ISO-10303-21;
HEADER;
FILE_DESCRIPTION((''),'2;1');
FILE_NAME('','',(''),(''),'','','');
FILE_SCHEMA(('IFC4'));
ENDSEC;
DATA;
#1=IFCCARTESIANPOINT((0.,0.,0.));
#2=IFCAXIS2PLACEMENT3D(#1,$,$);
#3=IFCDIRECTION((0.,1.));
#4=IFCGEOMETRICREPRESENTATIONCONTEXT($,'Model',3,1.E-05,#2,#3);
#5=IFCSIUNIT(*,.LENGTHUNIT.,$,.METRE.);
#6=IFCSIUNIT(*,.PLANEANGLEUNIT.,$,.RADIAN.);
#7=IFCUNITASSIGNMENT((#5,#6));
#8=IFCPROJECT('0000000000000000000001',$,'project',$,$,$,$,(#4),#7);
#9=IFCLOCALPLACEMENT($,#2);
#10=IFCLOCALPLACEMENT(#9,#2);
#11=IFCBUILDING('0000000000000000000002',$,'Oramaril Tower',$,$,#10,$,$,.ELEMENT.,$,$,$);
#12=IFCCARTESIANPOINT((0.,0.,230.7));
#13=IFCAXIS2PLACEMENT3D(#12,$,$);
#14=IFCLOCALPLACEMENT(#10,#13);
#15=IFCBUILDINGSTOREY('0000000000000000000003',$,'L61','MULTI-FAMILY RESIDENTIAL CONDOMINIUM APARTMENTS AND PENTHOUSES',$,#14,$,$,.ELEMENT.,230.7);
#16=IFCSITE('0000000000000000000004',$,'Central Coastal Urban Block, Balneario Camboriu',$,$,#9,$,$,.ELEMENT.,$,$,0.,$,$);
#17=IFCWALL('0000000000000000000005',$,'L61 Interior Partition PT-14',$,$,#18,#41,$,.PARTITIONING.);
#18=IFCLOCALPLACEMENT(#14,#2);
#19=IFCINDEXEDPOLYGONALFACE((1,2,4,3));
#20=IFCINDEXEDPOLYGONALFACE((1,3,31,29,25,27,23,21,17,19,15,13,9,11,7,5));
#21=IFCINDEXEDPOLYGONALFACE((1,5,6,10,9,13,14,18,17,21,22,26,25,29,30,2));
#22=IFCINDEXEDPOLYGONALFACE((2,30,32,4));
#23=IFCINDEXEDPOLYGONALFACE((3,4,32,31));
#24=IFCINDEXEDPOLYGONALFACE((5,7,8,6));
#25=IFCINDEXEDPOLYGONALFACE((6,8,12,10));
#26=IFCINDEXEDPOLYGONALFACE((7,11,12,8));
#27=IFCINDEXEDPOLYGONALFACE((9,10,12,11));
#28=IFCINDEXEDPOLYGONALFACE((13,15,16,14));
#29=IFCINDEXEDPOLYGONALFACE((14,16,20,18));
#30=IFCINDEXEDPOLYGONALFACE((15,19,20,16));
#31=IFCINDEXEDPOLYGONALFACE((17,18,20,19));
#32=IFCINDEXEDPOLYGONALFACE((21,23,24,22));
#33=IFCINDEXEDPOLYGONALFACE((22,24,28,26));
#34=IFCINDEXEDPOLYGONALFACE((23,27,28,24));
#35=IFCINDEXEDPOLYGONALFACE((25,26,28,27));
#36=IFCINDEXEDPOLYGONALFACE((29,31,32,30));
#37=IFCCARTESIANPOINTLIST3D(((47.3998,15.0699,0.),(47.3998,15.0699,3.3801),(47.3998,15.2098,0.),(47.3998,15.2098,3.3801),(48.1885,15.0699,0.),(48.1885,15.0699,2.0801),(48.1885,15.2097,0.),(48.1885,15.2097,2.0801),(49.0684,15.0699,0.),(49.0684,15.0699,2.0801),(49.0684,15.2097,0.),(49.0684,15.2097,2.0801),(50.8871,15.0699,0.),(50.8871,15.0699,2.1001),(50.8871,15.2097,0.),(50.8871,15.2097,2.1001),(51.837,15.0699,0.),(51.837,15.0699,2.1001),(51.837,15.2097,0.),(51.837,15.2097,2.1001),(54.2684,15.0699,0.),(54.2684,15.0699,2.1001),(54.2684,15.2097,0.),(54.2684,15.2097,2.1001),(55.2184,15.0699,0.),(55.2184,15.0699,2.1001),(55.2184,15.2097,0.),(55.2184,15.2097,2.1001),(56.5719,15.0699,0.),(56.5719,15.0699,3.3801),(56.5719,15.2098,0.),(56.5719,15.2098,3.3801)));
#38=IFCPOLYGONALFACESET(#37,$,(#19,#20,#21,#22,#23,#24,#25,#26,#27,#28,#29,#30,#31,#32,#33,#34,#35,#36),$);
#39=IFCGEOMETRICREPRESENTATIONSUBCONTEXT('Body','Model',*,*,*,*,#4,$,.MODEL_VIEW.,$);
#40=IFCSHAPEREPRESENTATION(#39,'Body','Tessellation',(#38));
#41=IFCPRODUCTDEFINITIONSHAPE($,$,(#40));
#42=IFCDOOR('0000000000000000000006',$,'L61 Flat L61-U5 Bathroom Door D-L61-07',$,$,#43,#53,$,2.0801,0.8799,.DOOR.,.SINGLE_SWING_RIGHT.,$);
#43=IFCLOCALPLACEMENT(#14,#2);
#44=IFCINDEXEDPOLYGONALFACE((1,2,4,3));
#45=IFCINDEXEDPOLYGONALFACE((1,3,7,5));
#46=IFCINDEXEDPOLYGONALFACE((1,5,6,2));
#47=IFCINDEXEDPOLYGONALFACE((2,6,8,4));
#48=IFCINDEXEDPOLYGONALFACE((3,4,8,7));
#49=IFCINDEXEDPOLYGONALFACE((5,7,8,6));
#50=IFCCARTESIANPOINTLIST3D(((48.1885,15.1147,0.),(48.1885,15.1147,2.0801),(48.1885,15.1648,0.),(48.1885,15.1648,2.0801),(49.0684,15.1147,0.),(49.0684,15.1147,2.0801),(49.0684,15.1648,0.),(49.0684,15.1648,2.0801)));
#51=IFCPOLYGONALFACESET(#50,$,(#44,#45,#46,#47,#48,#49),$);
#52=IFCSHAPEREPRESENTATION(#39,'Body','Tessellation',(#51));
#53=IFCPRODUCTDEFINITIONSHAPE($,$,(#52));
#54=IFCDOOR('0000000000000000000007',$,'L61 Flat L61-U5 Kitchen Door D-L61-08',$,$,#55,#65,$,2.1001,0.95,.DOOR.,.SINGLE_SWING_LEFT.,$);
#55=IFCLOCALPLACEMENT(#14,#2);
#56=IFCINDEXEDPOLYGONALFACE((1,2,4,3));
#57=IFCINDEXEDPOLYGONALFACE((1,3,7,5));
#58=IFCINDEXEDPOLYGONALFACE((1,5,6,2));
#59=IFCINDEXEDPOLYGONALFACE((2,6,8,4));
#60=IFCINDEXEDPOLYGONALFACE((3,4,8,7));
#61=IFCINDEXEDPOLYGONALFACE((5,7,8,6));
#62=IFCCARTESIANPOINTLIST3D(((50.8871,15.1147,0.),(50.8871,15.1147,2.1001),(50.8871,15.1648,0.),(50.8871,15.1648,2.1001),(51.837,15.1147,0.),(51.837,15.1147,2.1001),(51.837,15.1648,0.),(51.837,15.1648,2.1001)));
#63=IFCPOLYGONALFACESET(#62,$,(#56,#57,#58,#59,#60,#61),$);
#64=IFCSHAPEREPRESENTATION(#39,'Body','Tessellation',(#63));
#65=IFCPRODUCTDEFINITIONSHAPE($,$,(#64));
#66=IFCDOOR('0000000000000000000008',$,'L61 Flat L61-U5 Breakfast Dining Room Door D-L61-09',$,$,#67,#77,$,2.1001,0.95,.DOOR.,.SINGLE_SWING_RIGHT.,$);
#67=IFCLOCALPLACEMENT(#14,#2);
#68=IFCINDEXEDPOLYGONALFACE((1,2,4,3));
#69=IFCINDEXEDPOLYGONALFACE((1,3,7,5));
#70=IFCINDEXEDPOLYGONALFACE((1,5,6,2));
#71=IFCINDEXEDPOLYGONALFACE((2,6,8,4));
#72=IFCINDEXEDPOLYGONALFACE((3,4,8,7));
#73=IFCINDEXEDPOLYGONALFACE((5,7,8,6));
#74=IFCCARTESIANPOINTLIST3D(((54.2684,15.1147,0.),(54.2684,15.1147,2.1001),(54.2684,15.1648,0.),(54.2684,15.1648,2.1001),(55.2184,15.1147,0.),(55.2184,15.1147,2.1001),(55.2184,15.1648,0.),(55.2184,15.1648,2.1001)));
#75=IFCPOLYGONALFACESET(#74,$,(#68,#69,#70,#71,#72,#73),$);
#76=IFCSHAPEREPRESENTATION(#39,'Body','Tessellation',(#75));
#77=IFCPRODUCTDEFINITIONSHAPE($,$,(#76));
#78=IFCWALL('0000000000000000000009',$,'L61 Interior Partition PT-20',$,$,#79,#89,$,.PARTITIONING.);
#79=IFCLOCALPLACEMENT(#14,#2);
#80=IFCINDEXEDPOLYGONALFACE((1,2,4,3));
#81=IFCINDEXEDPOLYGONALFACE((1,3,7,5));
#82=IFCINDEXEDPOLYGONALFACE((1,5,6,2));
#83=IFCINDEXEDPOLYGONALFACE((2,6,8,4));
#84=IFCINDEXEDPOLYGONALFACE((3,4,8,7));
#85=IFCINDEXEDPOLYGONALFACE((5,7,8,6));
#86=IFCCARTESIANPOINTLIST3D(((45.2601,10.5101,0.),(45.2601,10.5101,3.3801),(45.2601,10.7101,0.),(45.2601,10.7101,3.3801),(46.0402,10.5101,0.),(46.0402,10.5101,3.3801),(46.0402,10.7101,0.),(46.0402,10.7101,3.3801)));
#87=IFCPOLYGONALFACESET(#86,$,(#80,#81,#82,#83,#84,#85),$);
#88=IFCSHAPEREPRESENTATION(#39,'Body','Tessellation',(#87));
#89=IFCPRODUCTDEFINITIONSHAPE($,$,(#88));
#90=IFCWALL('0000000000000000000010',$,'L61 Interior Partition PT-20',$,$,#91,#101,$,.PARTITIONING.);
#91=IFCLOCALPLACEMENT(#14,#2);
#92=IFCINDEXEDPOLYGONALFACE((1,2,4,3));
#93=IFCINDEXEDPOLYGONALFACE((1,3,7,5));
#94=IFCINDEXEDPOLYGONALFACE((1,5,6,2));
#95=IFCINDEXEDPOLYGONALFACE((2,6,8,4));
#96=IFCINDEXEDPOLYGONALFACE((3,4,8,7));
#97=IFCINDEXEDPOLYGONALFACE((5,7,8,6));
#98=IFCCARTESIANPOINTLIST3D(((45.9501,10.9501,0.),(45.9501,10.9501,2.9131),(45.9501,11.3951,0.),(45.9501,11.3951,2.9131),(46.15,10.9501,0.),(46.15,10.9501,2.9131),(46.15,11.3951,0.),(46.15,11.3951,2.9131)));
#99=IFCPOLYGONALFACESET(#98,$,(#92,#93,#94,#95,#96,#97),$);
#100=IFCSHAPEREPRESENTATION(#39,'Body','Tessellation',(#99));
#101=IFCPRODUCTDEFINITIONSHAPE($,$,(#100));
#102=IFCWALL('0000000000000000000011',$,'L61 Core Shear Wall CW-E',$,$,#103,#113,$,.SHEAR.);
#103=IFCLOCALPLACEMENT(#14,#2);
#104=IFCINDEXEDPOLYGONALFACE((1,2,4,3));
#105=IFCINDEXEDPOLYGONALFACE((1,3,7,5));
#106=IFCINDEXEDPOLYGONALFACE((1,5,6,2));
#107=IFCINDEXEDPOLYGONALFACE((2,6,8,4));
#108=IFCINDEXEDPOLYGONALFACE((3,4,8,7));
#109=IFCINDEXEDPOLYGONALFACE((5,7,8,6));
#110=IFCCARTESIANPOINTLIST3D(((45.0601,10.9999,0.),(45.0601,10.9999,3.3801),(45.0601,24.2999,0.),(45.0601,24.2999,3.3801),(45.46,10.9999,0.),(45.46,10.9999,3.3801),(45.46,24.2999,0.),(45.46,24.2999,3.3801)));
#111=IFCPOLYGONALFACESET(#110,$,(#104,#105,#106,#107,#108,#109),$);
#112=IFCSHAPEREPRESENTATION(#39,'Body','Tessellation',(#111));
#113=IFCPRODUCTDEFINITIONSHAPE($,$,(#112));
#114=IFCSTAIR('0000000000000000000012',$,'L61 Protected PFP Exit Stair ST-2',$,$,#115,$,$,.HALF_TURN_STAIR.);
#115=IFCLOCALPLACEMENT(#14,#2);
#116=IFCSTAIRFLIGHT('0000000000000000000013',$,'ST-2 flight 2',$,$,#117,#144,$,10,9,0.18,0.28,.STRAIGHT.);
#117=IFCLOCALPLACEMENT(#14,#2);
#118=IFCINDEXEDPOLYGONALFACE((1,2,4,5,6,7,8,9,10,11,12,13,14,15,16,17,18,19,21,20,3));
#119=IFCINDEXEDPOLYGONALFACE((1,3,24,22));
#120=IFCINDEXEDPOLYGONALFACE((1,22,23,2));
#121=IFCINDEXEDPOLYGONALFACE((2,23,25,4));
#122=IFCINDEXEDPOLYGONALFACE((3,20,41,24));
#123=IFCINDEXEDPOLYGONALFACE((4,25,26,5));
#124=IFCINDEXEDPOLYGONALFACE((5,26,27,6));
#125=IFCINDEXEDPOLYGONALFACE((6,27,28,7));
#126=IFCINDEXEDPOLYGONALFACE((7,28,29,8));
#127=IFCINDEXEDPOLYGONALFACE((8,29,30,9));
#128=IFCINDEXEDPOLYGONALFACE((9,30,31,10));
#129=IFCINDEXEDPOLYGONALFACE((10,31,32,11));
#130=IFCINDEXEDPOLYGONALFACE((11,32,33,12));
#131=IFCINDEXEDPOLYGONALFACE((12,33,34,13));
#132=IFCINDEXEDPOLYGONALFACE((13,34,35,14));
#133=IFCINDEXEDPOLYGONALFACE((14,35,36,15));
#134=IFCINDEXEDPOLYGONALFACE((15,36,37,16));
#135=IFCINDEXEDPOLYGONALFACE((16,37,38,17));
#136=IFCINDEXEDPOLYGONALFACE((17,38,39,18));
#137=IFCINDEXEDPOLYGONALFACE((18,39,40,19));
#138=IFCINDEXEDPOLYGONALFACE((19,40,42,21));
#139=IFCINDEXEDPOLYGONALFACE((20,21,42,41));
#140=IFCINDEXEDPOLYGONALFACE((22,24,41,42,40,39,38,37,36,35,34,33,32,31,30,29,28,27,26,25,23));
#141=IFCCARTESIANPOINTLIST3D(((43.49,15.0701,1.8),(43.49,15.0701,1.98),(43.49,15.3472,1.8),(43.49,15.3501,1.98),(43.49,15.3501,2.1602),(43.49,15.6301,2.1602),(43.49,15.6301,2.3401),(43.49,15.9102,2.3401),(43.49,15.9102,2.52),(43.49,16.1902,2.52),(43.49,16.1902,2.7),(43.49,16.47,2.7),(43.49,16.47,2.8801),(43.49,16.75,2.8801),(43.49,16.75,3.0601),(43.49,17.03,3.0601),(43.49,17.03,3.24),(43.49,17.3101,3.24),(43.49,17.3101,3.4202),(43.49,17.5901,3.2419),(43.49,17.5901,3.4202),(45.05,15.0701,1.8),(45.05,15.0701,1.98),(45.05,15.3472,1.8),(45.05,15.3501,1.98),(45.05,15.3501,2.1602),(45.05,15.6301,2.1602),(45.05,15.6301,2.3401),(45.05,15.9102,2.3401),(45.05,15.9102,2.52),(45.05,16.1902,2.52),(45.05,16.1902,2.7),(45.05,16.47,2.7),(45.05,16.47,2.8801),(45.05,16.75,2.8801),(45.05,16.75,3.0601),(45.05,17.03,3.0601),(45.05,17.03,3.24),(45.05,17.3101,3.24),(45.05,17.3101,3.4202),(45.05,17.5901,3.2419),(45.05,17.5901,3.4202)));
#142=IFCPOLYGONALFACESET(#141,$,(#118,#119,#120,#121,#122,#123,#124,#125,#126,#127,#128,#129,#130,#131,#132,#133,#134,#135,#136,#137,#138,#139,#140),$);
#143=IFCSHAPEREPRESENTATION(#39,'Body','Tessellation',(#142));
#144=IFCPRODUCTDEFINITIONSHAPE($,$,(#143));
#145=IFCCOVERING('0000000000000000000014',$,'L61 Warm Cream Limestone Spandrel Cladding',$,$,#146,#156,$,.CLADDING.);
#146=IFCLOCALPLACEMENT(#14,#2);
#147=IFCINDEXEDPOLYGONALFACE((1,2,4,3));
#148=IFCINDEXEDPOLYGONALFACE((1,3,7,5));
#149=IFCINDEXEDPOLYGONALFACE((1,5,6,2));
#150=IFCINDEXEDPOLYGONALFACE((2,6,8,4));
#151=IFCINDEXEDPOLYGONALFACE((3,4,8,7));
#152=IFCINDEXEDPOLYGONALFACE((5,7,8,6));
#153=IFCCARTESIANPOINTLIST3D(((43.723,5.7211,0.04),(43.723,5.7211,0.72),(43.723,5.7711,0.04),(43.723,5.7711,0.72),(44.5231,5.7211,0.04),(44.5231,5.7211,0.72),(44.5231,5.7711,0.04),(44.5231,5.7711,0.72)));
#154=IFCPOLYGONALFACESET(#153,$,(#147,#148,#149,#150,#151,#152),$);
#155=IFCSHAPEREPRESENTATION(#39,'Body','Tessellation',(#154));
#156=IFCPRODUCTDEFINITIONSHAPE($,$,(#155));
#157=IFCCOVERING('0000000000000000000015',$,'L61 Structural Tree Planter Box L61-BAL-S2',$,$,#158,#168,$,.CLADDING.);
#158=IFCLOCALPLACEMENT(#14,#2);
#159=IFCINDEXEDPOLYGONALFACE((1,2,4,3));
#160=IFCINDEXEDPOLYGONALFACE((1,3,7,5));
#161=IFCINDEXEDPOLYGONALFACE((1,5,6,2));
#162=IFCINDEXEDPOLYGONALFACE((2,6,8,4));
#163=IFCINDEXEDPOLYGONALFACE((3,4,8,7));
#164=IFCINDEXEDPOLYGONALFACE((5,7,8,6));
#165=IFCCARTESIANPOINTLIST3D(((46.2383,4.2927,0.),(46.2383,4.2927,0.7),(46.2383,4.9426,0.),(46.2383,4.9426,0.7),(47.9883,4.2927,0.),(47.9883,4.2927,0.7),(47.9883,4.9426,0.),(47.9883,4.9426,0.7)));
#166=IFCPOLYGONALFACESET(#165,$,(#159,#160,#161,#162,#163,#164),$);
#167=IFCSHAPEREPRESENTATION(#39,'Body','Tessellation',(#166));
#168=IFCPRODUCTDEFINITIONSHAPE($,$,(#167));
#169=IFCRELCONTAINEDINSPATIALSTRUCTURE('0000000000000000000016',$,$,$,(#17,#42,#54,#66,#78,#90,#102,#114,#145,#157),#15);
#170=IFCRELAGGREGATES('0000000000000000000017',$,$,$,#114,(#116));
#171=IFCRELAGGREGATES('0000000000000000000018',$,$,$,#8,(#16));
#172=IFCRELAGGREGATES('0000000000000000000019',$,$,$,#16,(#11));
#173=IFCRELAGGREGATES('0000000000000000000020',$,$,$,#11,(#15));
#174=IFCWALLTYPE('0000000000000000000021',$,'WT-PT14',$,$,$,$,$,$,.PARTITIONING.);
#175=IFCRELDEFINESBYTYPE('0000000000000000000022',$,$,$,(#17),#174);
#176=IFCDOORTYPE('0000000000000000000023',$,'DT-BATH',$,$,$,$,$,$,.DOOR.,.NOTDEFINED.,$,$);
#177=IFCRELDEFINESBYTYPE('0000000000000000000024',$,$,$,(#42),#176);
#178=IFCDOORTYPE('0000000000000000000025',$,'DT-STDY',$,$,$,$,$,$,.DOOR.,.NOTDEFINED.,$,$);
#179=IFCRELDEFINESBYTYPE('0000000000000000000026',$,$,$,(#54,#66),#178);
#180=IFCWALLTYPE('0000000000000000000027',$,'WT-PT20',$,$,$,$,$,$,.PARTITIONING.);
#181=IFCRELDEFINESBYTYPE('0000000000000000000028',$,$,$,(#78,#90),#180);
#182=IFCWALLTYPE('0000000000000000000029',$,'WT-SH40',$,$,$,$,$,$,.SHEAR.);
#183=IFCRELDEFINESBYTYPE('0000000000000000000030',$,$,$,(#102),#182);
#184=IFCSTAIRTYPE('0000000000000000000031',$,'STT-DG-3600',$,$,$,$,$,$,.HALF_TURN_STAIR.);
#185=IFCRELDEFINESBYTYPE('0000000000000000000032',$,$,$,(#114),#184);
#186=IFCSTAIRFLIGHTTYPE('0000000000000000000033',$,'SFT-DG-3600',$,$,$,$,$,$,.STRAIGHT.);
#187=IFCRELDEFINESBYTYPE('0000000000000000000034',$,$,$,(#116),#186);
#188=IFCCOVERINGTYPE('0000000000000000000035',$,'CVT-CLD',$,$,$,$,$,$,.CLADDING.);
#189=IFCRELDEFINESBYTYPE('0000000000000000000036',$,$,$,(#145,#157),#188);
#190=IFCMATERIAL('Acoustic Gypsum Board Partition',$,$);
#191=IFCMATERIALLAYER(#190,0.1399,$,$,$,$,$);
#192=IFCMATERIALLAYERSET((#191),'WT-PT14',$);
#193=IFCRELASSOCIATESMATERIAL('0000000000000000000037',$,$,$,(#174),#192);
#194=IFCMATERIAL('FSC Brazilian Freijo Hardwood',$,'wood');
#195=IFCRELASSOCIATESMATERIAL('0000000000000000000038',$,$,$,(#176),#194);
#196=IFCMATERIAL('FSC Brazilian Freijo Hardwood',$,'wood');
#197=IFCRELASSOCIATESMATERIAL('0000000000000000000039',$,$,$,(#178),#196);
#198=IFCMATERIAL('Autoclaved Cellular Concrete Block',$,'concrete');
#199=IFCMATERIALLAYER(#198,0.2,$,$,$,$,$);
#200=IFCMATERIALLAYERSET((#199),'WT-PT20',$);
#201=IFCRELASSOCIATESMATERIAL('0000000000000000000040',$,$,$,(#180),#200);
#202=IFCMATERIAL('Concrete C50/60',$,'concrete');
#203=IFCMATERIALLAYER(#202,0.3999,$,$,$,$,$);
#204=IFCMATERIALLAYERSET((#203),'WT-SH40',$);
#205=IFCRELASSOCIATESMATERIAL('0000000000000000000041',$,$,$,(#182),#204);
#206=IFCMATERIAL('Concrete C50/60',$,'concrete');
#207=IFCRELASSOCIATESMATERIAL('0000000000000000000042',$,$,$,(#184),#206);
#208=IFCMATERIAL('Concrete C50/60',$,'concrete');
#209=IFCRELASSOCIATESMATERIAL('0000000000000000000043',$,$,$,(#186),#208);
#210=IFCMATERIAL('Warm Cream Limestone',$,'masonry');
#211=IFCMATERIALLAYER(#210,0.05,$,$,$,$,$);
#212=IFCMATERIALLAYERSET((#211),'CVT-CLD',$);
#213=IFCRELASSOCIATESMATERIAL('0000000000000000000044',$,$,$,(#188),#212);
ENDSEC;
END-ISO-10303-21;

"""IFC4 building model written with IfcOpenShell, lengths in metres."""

from ifc_helpers import new_model, si_unit, direction, frame, frame_2d, origin, origin_2d, place, context, subcontext, project, spatial, polyline, rectangle, outline, extrude, material, layer, layer_set, type_object, element, fill, aggregate, save


model = new_model("IFC4")

# Units and contexts
model_context = context("Model", 3, precision=1e-05, world=origin(), true_north=direction((0.0, 1.0)))
body_context = subcontext(model_context, "Body", "Model", "MODEL_VIEW")
ifc_project = project(units=[si_unit("LENGTHUNIT", "METRE"), si_unit("PLANEANGLEUNIT", "RADIAN")], contexts=[model_context])

# Site, building, storey
site_placement = place(None, origin())
site = spatial("IfcSite", under=ifc_project, at=site_placement, Name="Central Coastal Urban Block, Balneario Camboriu", CompositionType="ELEMENT", RefElevation=0.0)
building_placement = place(site_placement, origin())
building = spatial("IfcBuilding", under=site, at=building_placement, Name="Oramaril Tower", CompositionType="ELEMENT")
storey_placement = place(building_placement, frame((0.0, 0.0, 230.7)))
storey = spatial("IfcBuildingStorey", under=building, at=storey_placement, Name="L61", Description="MULTI-FAMILY RESIDENTIAL CONDOMINIUM APARTMENTS AND PENTHOUSES", CompositionType="ELEMENT", Elevation=230.7)

# Wall, openings, doors
ifc_material_1 = material(Name="Acoustic Gypsum Board Partition")
ifc_layer_1 = layer(ifc_material_1, 0.1399)
ifc_layer_set_1 = layer_set([ifc_layer_1], Name="WT-PT14")
wall_type_1 = type_object("IfcWallType", Name="WT-PT14", PredefinedType="PARTITIONING", material=ifc_layer_set_1)
wall_1_placement = place(storey_placement, frame((47.3999, 15.1399, 0.0), z_axis=(0.0, 0.0, 1.0), x_axis=(1.0, 0.0, 0.0)))
wall_1 = element("IfcWall", 1, at=wall_1_placement, inside=storey, type_object=wall_type_1, Name="L61 Interior Partition PT-14", PredefinedType="PARTITIONING", context=body_context, shape_type="SweptSolid", body=[
    extrude(rectangle(XDim=9.1721, YDim=0.1399, at=frame_2d((4.5859, 0.0))), origin(), (0.0, 0.0, 1.0), 3.3801),
])
opening_1_placement = place(wall_1_placement, frame((0.7886, 0.0, 0.0)))
opening_1 = element("IfcOpeningElement", 2, at=opening_1_placement, cuts=wall_1, PredefinedType="OPENING", context=body_context, shape_type="SweptSolid", body=[
    extrude(rectangle(XDim=0.8799, YDim=2.0801, at=frame_2d((0.4399, 1.04))), frame((0.0, 0.0698, 0.0), z_axis=(0.0, -1.0, 0.0), x_axis=(1.0, 0.0, 0.0)), (0.0, 0.0, 1.0), 0.1399),
])
opening_2_placement = place(wall_1_placement, frame((3.4871, 0.0, 0.0)))
opening_2 = element("IfcOpeningElement", 3, at=opening_2_placement, cuts=wall_1, PredefinedType="OPENING", context=body_context, shape_type="SweptSolid", body=[
    extrude(rectangle(XDim=0.95, YDim=2.1001, at=frame_2d((0.4751, 1.05))), frame((0.0, 0.0698, 0.0), z_axis=(0.0, -1.0, 0.0), x_axis=(1.0, 0.0, 0.0)), (0.0, 0.0, 1.0), 0.1399),
])
opening_3_placement = place(wall_1_placement, frame((6.8684, 0.0, 0.0)))
opening_3 = element("IfcOpeningElement", 4, at=opening_3_placement, cuts=wall_1, PredefinedType="OPENING", context=body_context, shape_type="SweptSolid", body=[
    extrude(rectangle(XDim=0.95, YDim=2.1001, at=frame_2d((0.4751, 1.05))), frame((0.0, 0.0698, 0.0), z_axis=(0.0, -1.0, 0.0), x_axis=(1.0, 0.0, 0.0)), (0.0, 0.0, 1.0), 0.1399),
])
ifc_material_2 = material(Name="FSC Brazilian Freijo Hardwood", Category="wood")
door_type_1 = type_object("IfcDoorType", Name="DT-BATH", OperationType="NOTDEFINED", PredefinedType="DOOR", material=ifc_material_2)
door_1_placement = place(opening_1_placement, origin())
door_1 = element("IfcDoor", 5, at=door_1_placement, inside=storey, type_object=door_type_1, Name="L61 Flat L61-U5 Bathroom Door D-L61-07", OperationType="SINGLE_SWING_RIGHT", OverallHeight=2.0801, OverallWidth=0.8799, PredefinedType="DOOR", context=body_context, shape_type="SweptSolid", body=[
    extrude(rectangle(XDim=0.8799, YDim=2.0801, at=frame_2d((0.4399, 1.04))), frame((0.0, 0.0249, 0.0), z_axis=(0.0, -1.0, 0.0), x_axis=(1.0, 0.0, 0.0)), (0.0, 0.0, 1.0), 0.05),
])
fill(opening_1, door_1)
ifc_material_3 = material(Name="FSC Brazilian Freijo Hardwood", Category="wood")
door_type_2 = type_object("IfcDoorType", Name="DT-STDY", OperationType="NOTDEFINED", PredefinedType="DOOR", material=ifc_material_3)
door_2_placement = place(opening_2_placement, origin())
door_2 = element("IfcDoor", 6, at=door_2_placement, inside=storey, type_object=door_type_2, Name="L61 Flat L61-U5 Kitchen Door D-L61-08", OperationType="SINGLE_SWING_LEFT", OverallHeight=2.1001, OverallWidth=0.95, PredefinedType="DOOR", context=body_context, shape_type="SweptSolid", body=[
    extrude(rectangle(XDim=0.95, YDim=2.1001, at=frame_2d((0.4751, 1.05))), frame((0.0, 0.0249, 0.0), z_axis=(0.0, -1.0, 0.0), x_axis=(1.0, 0.0, 0.0)), (0.0, 0.0, 1.0), 0.05),
])
fill(opening_2, door_2)
door_3_placement = place(opening_3_placement, origin())
door_3 = element("IfcDoor", 7, at=door_3_placement, inside=storey, type_object=door_type_2, Name="L61 Flat L61-U5 Breakfast Dining Room Door D-L61-09", OperationType="SINGLE_SWING_RIGHT", OverallHeight=2.1001, OverallWidth=0.95, PredefinedType="DOOR", context=body_context, shape_type="SweptSolid", body=[
    extrude(rectangle(XDim=0.95, YDim=2.1001, at=frame_2d((0.4751, 1.05))), frame((0.0, 0.0249, 0.0), z_axis=(0.0, -1.0, 0.0), x_axis=(1.0, 0.0, 0.0)), (0.0, 0.0, 1.0), 0.05),
])
fill(opening_3, door_3)

# Walls
ifc_material_4 = material(Name="Autoclaved Cellular Concrete Block", Category="concrete")
ifc_layer_2 = layer(ifc_material_4, 0.2)
ifc_layer_set_2 = layer_set([ifc_layer_2], Name="WT-PT20")
wall_type_2 = type_object("IfcWallType", Name="WT-PT20", PredefinedType="PARTITIONING", material=ifc_layer_set_2)
wall_2_placement = place(storey_placement, frame((45.26, 10.6101, 0.0), z_axis=(0.0, 0.0, 1.0), x_axis=(1.0, 0.0, 0.0)))
element("IfcWall", 8, at=wall_2_placement, inside=storey, type_object=wall_type_2, Name="L61 Interior Partition PT-20", PredefinedType="PARTITIONING", context=body_context, shape_type="SweptSolid", body=[
    extrude(rectangle(XDim=0.78, YDim=0.2, at=frame_2d((0.3901, 0.0))), origin(), (0.0, 0.0, 1.0), 3.3801),
])
wall_3_placement = place(storey_placement, frame((46.05, 10.95, 0.0), z_axis=(0.0, 0.0, 1.0), x_axis=(0.0, 1.0, 0.0)))
element("IfcWall", 9, at=wall_3_placement, inside=storey, type_object=wall_type_2, Name="L61 Interior Partition PT-20", PredefinedType="PARTITIONING", context=body_context, shape_type="SweptSolid", body=[
    extrude(rectangle(XDim=0.4451, YDim=0.2, at=frame_2d((0.2227, 0.0))), origin(), (0.0, 0.0, 1.0), 2.9131),
])
ifc_material_5 = material(Name="Concrete C50/60", Category="concrete")
ifc_layer_3 = layer(ifc_material_5, 0.3999)
ifc_layer_set_3 = layer_set([ifc_layer_3], Name="WT-SH40")
wall_type_3 = type_object("IfcWallType", Name="WT-SH40", PredefinedType="SHEAR", material=ifc_layer_set_3)
wall_4_placement = place(storey_placement, frame((45.26, 11.0, 0.0), z_axis=(0.0, 0.0, 1.0), x_axis=(0.0, 1.0, 0.0)))
element("IfcWall", 10, at=wall_4_placement, inside=storey, type_object=wall_type_3, Name="L61 Core Shear Wall CW-E", PredefinedType="SHEAR", context=body_context, shape_type="SweptSolid", body=[
    extrude(rectangle(XDim=13.3, YDim=0.3999, at=frame_2d((6.6499, 0.0))), origin(), (0.0, 0.0, 1.0), 3.3801),
])

# Stair, stair flight
ifc_material_6 = material(Name="Concrete C50/60", Category="concrete")
stair_type = type_object("IfcStairType", Name="STT-DG-3600", PredefinedType="HALF_TURN_STAIR", material=ifc_material_6)
stair_placement = place(storey_placement, origin())
stair = element("IfcStair", 11, at=stair_placement, inside=storey, type_object=stair_type, Name="L61 Protected PFP Exit Stair ST-2", PredefinedType="HALF_TURN_STAIR")
ifc_material_7 = material(Name="Concrete C50/60", Category="concrete")
stair_flight_type = type_object("IfcStairFlightType", Name="SFT-DG-3600", PredefinedType="STRAIGHT", material=ifc_material_7)
stair_flight_placement = place(storey_placement, frame((44.27, 15.0701, 1.8), z_axis=(0.0, 0.0, 1.0), x_axis=(0.0, 1.0, 0.0)))
stair_flight = element("IfcStairFlight", 12, at=stair_flight_placement, type_object=stair_flight_type, Name="ST-2 flight 2", NumberOfRisers=10, NumberOfTreads=9, PredefinedType="STRAIGHT", RiserHeight=0.18, TreadLength=0.28, context=body_context, shape_type="SweptSolid", body=[
    extrude(outline(polyline([(0.0, 0.0), (0.0, 0.1799), (0.28, 0.1799), (0.28, 0.3601), (0.5601, 0.3601), (0.5601, 0.54), (0.8401, 0.54), (0.8401, 0.72), (1.1201, 0.72), (1.1201, 0.8999), (1.3999, 0.8999), (1.3999, 1.0801), (1.6799, 1.0801), (1.6799, 1.26), (1.96, 1.26), (1.96, 1.4399), (2.24, 1.4399), (2.24, 1.6201), (2.52, 1.6201), (2.52, 1.8), (2.52, 1.4419), (0.2771, 0.0), (0.0, 0.0)])), frame((0.0, 0.78, 0.0), z_axis=(0.0, -1.0, 0.0), x_axis=(1.0, 0.0, 0.0)), (0.0, 0.0, 1.0), 1.5601),
])
aggregate(stair, [stair_flight])

# Coverings
ifc_material_8 = material(Name="Warm Cream Limestone", Category="masonry")
ifc_layer_4 = layer(ifc_material_8, 0.05)
ifc_layer_set_4 = layer_set([ifc_layer_4], Name="CVT-CLD")
covering_type = type_object("IfcCoveringType", Name="CVT-CLD", PredefinedType="CLADDING", material=ifc_layer_set_4)
covering_1_placement = place(storey_placement, frame((44.123, 5.7461, 0.04), z_axis=(0.0, 0.0, 1.0), x_axis=(1.0, 0.0, 0.0)))
element("IfcCovering", 13, at=covering_1_placement, inside=storey, type_object=covering_type, Name="L61 Warm Cream Limestone Spandrel Cladding", PredefinedType="CLADDING", context=body_context, shape_type="SweptSolid", body=[
    extrude(rectangle(XDim=0.8, YDim=0.05, at=origin_2d()), origin(), (0.0, 0.0, 1.0), 0.6799),
])
covering_2_placement = place(storey_placement, frame((47.1133, 4.6177, 0.0), z_axis=(0.0, 0.0, 1.0), x_axis=(1.0, 0.0, 0.0)))
element("IfcCovering", 14, at=covering_2_placement, inside=storey, type_object=covering_type, Name="L61 Structural Tree Planter Box L61-BAL-S2", PredefinedType="CLADDING", context=body_context, shape_type="SweptSolid", body=[
    extrude(rectangle(XDim=1.75, YDim=0.6499, at=origin_2d()), origin(), (0.0, 0.0, 1.0), 0.7),
])

save(model, "model.ifc")
